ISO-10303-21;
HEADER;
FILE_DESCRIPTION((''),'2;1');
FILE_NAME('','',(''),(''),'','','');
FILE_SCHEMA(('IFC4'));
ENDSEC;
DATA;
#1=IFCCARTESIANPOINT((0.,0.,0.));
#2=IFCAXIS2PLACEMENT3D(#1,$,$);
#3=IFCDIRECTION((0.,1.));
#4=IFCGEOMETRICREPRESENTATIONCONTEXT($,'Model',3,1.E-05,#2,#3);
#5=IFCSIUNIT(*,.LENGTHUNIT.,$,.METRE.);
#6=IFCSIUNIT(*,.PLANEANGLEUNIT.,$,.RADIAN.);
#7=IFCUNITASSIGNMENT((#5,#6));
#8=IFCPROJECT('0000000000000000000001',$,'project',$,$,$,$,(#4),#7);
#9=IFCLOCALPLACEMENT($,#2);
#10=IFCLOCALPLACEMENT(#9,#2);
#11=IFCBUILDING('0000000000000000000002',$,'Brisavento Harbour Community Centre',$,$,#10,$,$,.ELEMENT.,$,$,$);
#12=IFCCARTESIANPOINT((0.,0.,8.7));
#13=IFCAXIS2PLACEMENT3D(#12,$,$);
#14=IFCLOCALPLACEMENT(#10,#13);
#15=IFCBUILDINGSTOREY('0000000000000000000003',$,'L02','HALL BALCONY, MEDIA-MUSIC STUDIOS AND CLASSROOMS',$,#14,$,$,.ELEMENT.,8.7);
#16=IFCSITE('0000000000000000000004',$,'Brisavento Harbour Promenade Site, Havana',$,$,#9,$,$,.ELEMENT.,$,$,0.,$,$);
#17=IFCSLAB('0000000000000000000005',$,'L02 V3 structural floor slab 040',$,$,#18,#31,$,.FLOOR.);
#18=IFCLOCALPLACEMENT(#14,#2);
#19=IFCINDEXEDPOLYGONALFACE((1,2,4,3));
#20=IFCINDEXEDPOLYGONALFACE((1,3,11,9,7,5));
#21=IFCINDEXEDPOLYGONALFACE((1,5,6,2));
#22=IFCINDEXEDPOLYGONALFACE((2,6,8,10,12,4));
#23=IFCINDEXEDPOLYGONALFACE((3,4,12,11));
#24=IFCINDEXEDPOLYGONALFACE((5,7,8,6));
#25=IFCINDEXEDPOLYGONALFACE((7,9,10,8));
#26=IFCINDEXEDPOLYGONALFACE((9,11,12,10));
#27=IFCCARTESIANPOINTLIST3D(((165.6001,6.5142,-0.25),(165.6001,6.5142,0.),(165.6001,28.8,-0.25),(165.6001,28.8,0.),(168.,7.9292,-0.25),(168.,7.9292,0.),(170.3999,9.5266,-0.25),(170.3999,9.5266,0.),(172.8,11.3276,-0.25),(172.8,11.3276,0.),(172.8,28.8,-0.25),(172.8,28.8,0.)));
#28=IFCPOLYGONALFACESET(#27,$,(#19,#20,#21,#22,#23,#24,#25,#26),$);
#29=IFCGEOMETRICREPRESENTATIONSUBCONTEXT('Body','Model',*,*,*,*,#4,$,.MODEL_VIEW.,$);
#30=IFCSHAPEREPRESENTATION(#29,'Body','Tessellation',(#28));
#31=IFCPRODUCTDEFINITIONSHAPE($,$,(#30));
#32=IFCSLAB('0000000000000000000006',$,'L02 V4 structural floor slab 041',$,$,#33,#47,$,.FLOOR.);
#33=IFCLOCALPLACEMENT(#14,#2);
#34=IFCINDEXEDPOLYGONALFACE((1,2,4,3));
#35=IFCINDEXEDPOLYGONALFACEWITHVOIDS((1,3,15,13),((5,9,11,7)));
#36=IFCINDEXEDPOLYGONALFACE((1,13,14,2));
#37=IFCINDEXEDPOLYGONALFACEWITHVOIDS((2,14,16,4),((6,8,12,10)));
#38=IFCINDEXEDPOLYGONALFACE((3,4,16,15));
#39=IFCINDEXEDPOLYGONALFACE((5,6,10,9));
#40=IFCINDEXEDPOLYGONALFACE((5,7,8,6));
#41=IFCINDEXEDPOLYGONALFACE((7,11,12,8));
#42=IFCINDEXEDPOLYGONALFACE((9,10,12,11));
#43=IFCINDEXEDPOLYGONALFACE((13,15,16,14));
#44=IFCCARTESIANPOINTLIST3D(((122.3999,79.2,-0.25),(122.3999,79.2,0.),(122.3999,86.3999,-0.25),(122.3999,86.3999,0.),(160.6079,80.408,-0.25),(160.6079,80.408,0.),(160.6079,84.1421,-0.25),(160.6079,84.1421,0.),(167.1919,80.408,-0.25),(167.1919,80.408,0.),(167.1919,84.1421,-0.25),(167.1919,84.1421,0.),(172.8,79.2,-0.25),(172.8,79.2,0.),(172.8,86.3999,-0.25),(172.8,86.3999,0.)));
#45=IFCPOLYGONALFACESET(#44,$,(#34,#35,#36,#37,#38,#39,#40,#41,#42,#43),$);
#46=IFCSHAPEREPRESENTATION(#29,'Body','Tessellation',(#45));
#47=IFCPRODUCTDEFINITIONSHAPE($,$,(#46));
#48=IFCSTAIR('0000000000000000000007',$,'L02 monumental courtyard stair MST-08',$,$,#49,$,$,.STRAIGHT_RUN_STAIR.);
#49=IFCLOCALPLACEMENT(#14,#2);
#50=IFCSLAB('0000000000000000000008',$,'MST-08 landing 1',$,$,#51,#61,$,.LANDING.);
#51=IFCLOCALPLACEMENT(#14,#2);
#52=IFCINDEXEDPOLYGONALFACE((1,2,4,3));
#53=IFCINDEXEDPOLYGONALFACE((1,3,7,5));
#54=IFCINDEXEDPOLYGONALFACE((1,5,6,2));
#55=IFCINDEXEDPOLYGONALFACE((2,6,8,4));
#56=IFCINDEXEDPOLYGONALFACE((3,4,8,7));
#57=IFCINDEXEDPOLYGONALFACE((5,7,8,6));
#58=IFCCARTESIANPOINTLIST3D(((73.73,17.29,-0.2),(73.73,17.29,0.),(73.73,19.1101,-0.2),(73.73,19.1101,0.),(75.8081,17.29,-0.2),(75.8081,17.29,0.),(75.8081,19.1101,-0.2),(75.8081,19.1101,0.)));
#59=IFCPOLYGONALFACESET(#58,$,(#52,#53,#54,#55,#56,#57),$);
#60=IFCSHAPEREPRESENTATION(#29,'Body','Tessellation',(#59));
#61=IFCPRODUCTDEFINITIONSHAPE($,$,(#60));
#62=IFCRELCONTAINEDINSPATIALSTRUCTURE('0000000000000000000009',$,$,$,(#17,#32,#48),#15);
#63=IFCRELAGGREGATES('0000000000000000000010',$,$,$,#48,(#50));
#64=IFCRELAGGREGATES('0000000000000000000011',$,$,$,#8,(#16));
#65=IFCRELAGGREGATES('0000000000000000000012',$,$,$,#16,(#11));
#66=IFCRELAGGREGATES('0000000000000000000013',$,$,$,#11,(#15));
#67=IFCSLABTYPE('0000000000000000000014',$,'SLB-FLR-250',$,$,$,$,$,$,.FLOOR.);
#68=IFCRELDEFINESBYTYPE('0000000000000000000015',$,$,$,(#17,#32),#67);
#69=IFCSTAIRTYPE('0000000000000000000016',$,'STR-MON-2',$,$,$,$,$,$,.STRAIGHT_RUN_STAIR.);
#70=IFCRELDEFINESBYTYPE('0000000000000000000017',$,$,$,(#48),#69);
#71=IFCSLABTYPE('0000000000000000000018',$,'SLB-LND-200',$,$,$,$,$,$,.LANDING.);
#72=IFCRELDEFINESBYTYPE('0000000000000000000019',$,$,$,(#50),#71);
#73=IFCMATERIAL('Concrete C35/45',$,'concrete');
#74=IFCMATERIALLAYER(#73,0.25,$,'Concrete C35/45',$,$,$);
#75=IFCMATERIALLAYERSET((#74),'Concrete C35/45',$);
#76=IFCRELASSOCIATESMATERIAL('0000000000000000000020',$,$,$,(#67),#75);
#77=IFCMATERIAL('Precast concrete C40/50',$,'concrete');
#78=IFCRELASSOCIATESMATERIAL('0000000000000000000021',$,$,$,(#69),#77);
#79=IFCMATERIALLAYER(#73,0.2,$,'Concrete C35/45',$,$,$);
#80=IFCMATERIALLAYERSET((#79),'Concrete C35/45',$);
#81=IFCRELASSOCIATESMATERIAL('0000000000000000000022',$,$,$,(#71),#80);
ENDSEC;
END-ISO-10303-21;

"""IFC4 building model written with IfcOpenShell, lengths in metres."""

from ifc_helpers import new_model, si_unit, direction, frame, origin, place, context, subcontext, project, spatial, polyline, outline, extrude, material, layer, layer_set, type_object, element, aggregate, save


model = new_model("IFC4")

# Units and contexts
model_context = context("Model", 3, precision=1e-05, world=origin(), true_north=direction((0.0, 1.0)))
body_context = subcontext(model_context, "Body", "Model", "MODEL_VIEW")
ifc_project = project(units=[si_unit("LENGTHUNIT", "METRE"), si_unit("PLANEANGLEUNIT", "RADIAN")], contexts=[model_context])

# Site, building, storey
site_placement = place(None, origin())
site = spatial("IfcSite", under=ifc_project, at=site_placement, Name="Brisavento Harbour Promenade Site, Havana", CompositionType="ELEMENT", RefElevation=0.0)
building_placement = place(site_placement, origin())
building = spatial("IfcBuilding", under=site, at=building_placement, Name="Brisavento Harbour Community Centre", CompositionType="ELEMENT")
storey_placement = place(building_placement, frame((0.0, 0.0, 8.7)))
storey = spatial("IfcBuildingStorey", under=building, at=storey_placement, Name="L02", Description="HALL BALCONY, MEDIA-MUSIC STUDIOS AND CLASSROOMS", CompositionType="ELEMENT", Elevation=8.7)

# Slabs
ifc_material_1 = material(Name="Concrete C35/45", Category="concrete")
ifc_layer_1 = layer(ifc_material_1, 0.25, Name="Concrete C35/45")
ifc_layer_set_1 = layer_set([ifc_layer_1], Name="Concrete C35/45")
slab_type_1 = type_object("IfcSlabType", Name="SLB-FLR-250", PredefinedType="FLOOR", material=ifc_layer_set_1)
slab_1_placement = place(storey_placement, frame((0.0, 0.0, -0.25)))
element("IfcSlab", 1, at=slab_1_placement, inside=storey, type_object=slab_type_1, Name="L02 V3 structural floor slab 040", PredefinedType="FLOOR", context=body_context, shape_type="SweptSolid", body=[
    extrude(outline(polyline([(165.6001, 28.8), (165.6001, 6.5142), (168.0, 7.9292), (170.3999, 9.5266), (172.8, 11.3276), (172.8, 28.8), (165.6001, 28.8)])), origin(), (0.0, 0.0, 1.0), 0.25),
])
slab_2_placement = place(storey_placement, frame((0.0, 0.0, -0.25)))
element("IfcSlab", 2, at=slab_2_placement, inside=storey, type_object=slab_type_1, Name="L02 V4 structural floor slab 041", PredefinedType="FLOOR", context=body_context, shape_type="SweptSolid", body=[
    extrude(outline(polyline([(122.3999, 79.2), (172.8, 79.2), (172.8, 86.3999), (122.3999, 86.3999), (122.3999, 79.2)]), holes=[polyline([(160.6079, 80.408), (160.6079, 84.1421), (167.1919, 84.1421), (167.1919, 80.408), (160.6079, 80.408)])]), origin(), (0.0, 0.0, 1.0), 0.25),
])

# Stair, slab
ifc_material_2 = material(Name="Precast concrete C40/50", Category="concrete")
stair_type = type_object("IfcStairType", Name="STR-MON-2", PredefinedType="STRAIGHT_RUN_STAIR", material=ifc_material_2)
stair_placement = place(storey_placement, origin())
stair = element("IfcStair", 3, at=stair_placement, inside=storey, type_object=stair_type, Name="L02 monumental courtyard stair MST-08", PredefinedType="STRAIGHT_RUN_STAIR")
ifc_layer_2 = layer(ifc_material_1, 0.2, Name="Concrete C35/45")
ifc_layer_set_2 = layer_set([ifc_layer_2], Name="Concrete C35/45")
slab_type_2 = type_object("IfcSlabType", Name="SLB-LND-200", PredefinedType="LANDING", material=ifc_layer_set_2)
slab_3_placement = place(storey_placement, frame((0.0, 0.0, -0.2)))
slab_3 = element("IfcSlab", 4, at=slab_3_placement, type_object=slab_type_2, Name="MST-08 landing 1", PredefinedType="LANDING", context=body_context, shape_type="SweptSolid", body=[
    extrude(outline(polyline([(73.73, 17.29), (75.8081, 17.29), (75.8081, 19.1101), (73.73, 19.1101), (73.73, 17.29)])), origin(), (0.0, 0.0, 1.0), 0.2),
])
aggregate(stair, [slab_3])

save(model, "model.ifc")
